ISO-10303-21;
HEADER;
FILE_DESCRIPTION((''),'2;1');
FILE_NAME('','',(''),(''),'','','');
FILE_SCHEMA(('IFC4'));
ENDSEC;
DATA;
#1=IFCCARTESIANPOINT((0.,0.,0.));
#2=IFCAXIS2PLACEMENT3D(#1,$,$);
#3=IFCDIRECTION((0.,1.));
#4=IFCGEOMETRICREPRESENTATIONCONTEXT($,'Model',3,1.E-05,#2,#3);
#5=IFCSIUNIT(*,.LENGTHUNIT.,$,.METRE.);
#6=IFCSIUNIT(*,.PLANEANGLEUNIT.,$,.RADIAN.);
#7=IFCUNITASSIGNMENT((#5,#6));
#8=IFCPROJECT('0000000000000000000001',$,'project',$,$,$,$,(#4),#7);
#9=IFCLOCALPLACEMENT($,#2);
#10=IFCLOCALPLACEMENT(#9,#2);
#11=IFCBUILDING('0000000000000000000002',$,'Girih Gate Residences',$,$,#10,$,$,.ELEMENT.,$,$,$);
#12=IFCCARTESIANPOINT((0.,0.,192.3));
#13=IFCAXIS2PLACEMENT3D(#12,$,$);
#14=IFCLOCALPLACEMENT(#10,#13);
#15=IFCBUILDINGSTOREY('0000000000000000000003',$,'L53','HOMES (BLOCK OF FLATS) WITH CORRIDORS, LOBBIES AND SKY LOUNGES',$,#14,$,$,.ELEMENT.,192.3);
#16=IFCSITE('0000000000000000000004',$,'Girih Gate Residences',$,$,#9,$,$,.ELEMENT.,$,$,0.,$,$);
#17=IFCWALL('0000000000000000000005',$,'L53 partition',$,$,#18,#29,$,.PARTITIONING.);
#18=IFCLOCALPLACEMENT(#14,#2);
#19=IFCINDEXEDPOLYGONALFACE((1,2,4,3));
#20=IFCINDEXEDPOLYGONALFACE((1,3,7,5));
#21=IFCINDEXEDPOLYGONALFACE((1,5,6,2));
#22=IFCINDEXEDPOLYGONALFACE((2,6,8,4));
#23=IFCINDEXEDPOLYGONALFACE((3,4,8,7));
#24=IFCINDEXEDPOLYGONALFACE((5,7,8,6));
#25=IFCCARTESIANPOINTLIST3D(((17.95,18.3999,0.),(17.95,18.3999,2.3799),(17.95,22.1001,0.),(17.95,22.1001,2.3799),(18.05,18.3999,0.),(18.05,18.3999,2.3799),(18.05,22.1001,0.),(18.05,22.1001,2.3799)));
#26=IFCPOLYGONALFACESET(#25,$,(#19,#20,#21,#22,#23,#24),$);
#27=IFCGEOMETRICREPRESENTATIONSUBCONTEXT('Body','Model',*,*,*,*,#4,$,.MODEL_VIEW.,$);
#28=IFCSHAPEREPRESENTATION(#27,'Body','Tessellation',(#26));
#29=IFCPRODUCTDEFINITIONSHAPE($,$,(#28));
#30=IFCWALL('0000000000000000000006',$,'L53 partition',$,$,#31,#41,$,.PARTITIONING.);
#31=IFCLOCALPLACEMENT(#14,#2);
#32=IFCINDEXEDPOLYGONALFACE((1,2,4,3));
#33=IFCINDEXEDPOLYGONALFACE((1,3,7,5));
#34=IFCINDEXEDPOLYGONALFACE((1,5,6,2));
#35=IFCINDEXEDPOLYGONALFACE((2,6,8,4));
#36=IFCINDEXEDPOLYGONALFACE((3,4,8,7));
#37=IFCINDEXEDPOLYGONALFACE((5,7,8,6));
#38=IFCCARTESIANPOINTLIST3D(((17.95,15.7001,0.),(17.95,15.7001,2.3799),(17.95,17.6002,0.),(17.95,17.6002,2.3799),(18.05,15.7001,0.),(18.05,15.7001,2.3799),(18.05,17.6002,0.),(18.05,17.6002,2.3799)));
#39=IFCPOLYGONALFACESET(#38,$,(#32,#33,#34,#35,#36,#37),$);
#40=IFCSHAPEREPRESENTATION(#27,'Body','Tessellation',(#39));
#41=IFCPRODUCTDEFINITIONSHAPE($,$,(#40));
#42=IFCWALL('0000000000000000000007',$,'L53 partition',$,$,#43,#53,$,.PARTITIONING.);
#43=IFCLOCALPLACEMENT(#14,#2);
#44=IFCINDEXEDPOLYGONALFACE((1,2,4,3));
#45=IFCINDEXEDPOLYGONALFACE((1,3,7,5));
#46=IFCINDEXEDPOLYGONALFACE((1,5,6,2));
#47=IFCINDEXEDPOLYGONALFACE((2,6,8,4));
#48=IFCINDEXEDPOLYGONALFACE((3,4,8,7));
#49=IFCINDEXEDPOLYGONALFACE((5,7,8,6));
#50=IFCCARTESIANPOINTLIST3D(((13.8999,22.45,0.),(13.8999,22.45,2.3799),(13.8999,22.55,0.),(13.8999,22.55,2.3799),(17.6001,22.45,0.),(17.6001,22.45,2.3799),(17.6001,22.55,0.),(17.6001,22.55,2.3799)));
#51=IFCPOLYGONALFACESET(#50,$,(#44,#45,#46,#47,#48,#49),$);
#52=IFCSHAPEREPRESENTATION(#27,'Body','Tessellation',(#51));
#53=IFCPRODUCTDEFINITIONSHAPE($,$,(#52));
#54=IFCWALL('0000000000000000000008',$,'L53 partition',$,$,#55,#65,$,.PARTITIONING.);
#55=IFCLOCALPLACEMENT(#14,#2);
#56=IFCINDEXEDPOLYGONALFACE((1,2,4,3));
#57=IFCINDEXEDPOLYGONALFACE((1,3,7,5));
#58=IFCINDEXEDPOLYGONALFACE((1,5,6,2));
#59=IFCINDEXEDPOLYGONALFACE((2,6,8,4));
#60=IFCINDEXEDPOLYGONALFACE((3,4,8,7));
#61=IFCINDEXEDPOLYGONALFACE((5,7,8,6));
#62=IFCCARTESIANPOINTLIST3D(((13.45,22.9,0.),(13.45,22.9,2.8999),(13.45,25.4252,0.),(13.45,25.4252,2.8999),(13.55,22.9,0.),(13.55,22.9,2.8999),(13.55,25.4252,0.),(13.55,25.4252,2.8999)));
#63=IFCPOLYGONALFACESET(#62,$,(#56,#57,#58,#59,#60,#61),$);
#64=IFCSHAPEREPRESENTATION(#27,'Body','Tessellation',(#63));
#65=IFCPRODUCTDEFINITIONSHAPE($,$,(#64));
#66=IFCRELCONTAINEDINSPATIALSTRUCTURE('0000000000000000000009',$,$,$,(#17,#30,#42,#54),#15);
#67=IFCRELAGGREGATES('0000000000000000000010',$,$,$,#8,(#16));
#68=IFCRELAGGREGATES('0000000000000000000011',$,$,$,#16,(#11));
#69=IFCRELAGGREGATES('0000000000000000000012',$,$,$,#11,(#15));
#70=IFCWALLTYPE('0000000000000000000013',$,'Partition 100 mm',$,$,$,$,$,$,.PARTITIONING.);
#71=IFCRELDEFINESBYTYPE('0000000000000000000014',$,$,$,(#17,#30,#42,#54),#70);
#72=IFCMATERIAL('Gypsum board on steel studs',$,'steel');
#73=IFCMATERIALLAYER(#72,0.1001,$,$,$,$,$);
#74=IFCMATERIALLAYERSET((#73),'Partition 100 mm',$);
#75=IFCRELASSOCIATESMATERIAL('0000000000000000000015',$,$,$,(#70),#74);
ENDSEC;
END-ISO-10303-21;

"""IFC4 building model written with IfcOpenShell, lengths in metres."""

from ifc_helpers import new_model, si_unit, direction, frame, frame_2d, origin, place, context, subcontext, project, spatial, rectangle, extrude, material, layer, layer_set, type_object, element, save


model = new_model("IFC4")

# Units and contexts
model_context = context("Model", 3, precision=1e-05, world=origin(), true_north=direction((0.0, 1.0)))
body_context = subcontext(model_context, "Body", "Model", "MODEL_VIEW")
ifc_project = project(units=[si_unit("LENGTHUNIT", "METRE"), si_unit("PLANEANGLEUNIT", "RADIAN")], contexts=[model_context])

# Site, building, storey
site_placement = place(None, origin())
site = spatial("IfcSite", under=ifc_project, at=site_placement, Name="Girih Gate Residences", CompositionType="ELEMENT", RefElevation=0.0)
building_placement = place(site_placement, origin())
building = spatial("IfcBuilding", under=site, at=building_placement, Name="Girih Gate Residences", CompositionType="ELEMENT")
storey_placement = place(building_placement, frame((0.0, 0.0, 192.3)))
storey = spatial("IfcBuildingStorey", under=building, at=storey_placement, Name="L53", Description="HOMES (BLOCK OF FLATS) WITH CORRIDORS, LOBBIES AND SKY LOUNGES", CompositionType="ELEMENT", Elevation=192.3)

# Shared definitions
ifc_material_1 = material(Name="Gypsum board on steel studs", Category="steel")

# Walls
ifc_layer_1 = layer(ifc_material_1, 0.1001)
ifc_layer_set_1 = layer_set([ifc_layer_1], Name="Partition 100 mm")
wall_type_1 = type_object("IfcWallType", Name="Partition 100 mm", PredefinedType="PARTITIONING", material=ifc_layer_set_1)
wall_1_placement = place(storey_placement, frame((18.0, 18.3999, 0.0), z_axis=(0.0, 0.0, 1.0), x_axis=(0.0, 1.0, 0.0)))
element("IfcWall", 1, at=wall_1_placement, inside=storey, type_object=wall_type_1, Name="L53 partition", PredefinedType="PARTITIONING", context=body_context, shape_type="SweptSolid", body=[
    extrude(rectangle(XDim=3.7002, YDim=0.1001, at=frame_2d((1.8501, 0.0))), origin(), (0.0, 0.0, 1.0), 2.3799),
])
wall_2_placement = place(storey_placement, frame((18.0, 15.7, 0.0), z_axis=(0.0, 0.0, 1.0), x_axis=(0.0, 1.0, 0.0)))
element("IfcWall", 2, at=wall_2_placement, inside=storey, type_object=wall_type_1, Name="L53 partition", PredefinedType="PARTITIONING", context=body_context, shape_type="SweptSolid", body=[
    extrude(rectangle(XDim=1.9001, YDim=0.1001, at=frame_2d((0.9502, 0.0))), origin(), (0.0, 0.0, 1.0), 2.3799),
])
wall_3_placement = place(storey_placement, frame((13.8999, 22.5, 0.0), z_axis=(0.0, 0.0, 1.0), x_axis=(1.0, 0.0, 0.0)))
element("IfcWall", 3, at=wall_3_placement, inside=storey, type_object=wall_type_1, Name="L53 partition", PredefinedType="PARTITIONING", context=body_context, shape_type="SweptSolid", body=[
    extrude(rectangle(XDim=3.7002, YDim=0.1001, at=frame_2d((1.8501, 0.0))), origin(), (0.0, 0.0, 1.0), 2.3799),
])
wall_4_placement = place(storey_placement, frame((13.5, 22.8999, 0.0), z_axis=(0.0, 0.0, 1.0), x_axis=(0.0, 1.0, 0.0)))
element("IfcWall", 4, at=wall_4_placement, inside=storey, type_object=wall_type_1, Name="L53 partition", PredefinedType="PARTITIONING", context=body_context, shape_type="SweptSolid", body=[
    extrude(rectangle(XDim=2.5251, YDim=0.1001, at=frame_2d((1.2627, 0.0))), origin(), (0.0, 0.0, 1.0), 2.8999),
])

save(model, "model.ifc")
